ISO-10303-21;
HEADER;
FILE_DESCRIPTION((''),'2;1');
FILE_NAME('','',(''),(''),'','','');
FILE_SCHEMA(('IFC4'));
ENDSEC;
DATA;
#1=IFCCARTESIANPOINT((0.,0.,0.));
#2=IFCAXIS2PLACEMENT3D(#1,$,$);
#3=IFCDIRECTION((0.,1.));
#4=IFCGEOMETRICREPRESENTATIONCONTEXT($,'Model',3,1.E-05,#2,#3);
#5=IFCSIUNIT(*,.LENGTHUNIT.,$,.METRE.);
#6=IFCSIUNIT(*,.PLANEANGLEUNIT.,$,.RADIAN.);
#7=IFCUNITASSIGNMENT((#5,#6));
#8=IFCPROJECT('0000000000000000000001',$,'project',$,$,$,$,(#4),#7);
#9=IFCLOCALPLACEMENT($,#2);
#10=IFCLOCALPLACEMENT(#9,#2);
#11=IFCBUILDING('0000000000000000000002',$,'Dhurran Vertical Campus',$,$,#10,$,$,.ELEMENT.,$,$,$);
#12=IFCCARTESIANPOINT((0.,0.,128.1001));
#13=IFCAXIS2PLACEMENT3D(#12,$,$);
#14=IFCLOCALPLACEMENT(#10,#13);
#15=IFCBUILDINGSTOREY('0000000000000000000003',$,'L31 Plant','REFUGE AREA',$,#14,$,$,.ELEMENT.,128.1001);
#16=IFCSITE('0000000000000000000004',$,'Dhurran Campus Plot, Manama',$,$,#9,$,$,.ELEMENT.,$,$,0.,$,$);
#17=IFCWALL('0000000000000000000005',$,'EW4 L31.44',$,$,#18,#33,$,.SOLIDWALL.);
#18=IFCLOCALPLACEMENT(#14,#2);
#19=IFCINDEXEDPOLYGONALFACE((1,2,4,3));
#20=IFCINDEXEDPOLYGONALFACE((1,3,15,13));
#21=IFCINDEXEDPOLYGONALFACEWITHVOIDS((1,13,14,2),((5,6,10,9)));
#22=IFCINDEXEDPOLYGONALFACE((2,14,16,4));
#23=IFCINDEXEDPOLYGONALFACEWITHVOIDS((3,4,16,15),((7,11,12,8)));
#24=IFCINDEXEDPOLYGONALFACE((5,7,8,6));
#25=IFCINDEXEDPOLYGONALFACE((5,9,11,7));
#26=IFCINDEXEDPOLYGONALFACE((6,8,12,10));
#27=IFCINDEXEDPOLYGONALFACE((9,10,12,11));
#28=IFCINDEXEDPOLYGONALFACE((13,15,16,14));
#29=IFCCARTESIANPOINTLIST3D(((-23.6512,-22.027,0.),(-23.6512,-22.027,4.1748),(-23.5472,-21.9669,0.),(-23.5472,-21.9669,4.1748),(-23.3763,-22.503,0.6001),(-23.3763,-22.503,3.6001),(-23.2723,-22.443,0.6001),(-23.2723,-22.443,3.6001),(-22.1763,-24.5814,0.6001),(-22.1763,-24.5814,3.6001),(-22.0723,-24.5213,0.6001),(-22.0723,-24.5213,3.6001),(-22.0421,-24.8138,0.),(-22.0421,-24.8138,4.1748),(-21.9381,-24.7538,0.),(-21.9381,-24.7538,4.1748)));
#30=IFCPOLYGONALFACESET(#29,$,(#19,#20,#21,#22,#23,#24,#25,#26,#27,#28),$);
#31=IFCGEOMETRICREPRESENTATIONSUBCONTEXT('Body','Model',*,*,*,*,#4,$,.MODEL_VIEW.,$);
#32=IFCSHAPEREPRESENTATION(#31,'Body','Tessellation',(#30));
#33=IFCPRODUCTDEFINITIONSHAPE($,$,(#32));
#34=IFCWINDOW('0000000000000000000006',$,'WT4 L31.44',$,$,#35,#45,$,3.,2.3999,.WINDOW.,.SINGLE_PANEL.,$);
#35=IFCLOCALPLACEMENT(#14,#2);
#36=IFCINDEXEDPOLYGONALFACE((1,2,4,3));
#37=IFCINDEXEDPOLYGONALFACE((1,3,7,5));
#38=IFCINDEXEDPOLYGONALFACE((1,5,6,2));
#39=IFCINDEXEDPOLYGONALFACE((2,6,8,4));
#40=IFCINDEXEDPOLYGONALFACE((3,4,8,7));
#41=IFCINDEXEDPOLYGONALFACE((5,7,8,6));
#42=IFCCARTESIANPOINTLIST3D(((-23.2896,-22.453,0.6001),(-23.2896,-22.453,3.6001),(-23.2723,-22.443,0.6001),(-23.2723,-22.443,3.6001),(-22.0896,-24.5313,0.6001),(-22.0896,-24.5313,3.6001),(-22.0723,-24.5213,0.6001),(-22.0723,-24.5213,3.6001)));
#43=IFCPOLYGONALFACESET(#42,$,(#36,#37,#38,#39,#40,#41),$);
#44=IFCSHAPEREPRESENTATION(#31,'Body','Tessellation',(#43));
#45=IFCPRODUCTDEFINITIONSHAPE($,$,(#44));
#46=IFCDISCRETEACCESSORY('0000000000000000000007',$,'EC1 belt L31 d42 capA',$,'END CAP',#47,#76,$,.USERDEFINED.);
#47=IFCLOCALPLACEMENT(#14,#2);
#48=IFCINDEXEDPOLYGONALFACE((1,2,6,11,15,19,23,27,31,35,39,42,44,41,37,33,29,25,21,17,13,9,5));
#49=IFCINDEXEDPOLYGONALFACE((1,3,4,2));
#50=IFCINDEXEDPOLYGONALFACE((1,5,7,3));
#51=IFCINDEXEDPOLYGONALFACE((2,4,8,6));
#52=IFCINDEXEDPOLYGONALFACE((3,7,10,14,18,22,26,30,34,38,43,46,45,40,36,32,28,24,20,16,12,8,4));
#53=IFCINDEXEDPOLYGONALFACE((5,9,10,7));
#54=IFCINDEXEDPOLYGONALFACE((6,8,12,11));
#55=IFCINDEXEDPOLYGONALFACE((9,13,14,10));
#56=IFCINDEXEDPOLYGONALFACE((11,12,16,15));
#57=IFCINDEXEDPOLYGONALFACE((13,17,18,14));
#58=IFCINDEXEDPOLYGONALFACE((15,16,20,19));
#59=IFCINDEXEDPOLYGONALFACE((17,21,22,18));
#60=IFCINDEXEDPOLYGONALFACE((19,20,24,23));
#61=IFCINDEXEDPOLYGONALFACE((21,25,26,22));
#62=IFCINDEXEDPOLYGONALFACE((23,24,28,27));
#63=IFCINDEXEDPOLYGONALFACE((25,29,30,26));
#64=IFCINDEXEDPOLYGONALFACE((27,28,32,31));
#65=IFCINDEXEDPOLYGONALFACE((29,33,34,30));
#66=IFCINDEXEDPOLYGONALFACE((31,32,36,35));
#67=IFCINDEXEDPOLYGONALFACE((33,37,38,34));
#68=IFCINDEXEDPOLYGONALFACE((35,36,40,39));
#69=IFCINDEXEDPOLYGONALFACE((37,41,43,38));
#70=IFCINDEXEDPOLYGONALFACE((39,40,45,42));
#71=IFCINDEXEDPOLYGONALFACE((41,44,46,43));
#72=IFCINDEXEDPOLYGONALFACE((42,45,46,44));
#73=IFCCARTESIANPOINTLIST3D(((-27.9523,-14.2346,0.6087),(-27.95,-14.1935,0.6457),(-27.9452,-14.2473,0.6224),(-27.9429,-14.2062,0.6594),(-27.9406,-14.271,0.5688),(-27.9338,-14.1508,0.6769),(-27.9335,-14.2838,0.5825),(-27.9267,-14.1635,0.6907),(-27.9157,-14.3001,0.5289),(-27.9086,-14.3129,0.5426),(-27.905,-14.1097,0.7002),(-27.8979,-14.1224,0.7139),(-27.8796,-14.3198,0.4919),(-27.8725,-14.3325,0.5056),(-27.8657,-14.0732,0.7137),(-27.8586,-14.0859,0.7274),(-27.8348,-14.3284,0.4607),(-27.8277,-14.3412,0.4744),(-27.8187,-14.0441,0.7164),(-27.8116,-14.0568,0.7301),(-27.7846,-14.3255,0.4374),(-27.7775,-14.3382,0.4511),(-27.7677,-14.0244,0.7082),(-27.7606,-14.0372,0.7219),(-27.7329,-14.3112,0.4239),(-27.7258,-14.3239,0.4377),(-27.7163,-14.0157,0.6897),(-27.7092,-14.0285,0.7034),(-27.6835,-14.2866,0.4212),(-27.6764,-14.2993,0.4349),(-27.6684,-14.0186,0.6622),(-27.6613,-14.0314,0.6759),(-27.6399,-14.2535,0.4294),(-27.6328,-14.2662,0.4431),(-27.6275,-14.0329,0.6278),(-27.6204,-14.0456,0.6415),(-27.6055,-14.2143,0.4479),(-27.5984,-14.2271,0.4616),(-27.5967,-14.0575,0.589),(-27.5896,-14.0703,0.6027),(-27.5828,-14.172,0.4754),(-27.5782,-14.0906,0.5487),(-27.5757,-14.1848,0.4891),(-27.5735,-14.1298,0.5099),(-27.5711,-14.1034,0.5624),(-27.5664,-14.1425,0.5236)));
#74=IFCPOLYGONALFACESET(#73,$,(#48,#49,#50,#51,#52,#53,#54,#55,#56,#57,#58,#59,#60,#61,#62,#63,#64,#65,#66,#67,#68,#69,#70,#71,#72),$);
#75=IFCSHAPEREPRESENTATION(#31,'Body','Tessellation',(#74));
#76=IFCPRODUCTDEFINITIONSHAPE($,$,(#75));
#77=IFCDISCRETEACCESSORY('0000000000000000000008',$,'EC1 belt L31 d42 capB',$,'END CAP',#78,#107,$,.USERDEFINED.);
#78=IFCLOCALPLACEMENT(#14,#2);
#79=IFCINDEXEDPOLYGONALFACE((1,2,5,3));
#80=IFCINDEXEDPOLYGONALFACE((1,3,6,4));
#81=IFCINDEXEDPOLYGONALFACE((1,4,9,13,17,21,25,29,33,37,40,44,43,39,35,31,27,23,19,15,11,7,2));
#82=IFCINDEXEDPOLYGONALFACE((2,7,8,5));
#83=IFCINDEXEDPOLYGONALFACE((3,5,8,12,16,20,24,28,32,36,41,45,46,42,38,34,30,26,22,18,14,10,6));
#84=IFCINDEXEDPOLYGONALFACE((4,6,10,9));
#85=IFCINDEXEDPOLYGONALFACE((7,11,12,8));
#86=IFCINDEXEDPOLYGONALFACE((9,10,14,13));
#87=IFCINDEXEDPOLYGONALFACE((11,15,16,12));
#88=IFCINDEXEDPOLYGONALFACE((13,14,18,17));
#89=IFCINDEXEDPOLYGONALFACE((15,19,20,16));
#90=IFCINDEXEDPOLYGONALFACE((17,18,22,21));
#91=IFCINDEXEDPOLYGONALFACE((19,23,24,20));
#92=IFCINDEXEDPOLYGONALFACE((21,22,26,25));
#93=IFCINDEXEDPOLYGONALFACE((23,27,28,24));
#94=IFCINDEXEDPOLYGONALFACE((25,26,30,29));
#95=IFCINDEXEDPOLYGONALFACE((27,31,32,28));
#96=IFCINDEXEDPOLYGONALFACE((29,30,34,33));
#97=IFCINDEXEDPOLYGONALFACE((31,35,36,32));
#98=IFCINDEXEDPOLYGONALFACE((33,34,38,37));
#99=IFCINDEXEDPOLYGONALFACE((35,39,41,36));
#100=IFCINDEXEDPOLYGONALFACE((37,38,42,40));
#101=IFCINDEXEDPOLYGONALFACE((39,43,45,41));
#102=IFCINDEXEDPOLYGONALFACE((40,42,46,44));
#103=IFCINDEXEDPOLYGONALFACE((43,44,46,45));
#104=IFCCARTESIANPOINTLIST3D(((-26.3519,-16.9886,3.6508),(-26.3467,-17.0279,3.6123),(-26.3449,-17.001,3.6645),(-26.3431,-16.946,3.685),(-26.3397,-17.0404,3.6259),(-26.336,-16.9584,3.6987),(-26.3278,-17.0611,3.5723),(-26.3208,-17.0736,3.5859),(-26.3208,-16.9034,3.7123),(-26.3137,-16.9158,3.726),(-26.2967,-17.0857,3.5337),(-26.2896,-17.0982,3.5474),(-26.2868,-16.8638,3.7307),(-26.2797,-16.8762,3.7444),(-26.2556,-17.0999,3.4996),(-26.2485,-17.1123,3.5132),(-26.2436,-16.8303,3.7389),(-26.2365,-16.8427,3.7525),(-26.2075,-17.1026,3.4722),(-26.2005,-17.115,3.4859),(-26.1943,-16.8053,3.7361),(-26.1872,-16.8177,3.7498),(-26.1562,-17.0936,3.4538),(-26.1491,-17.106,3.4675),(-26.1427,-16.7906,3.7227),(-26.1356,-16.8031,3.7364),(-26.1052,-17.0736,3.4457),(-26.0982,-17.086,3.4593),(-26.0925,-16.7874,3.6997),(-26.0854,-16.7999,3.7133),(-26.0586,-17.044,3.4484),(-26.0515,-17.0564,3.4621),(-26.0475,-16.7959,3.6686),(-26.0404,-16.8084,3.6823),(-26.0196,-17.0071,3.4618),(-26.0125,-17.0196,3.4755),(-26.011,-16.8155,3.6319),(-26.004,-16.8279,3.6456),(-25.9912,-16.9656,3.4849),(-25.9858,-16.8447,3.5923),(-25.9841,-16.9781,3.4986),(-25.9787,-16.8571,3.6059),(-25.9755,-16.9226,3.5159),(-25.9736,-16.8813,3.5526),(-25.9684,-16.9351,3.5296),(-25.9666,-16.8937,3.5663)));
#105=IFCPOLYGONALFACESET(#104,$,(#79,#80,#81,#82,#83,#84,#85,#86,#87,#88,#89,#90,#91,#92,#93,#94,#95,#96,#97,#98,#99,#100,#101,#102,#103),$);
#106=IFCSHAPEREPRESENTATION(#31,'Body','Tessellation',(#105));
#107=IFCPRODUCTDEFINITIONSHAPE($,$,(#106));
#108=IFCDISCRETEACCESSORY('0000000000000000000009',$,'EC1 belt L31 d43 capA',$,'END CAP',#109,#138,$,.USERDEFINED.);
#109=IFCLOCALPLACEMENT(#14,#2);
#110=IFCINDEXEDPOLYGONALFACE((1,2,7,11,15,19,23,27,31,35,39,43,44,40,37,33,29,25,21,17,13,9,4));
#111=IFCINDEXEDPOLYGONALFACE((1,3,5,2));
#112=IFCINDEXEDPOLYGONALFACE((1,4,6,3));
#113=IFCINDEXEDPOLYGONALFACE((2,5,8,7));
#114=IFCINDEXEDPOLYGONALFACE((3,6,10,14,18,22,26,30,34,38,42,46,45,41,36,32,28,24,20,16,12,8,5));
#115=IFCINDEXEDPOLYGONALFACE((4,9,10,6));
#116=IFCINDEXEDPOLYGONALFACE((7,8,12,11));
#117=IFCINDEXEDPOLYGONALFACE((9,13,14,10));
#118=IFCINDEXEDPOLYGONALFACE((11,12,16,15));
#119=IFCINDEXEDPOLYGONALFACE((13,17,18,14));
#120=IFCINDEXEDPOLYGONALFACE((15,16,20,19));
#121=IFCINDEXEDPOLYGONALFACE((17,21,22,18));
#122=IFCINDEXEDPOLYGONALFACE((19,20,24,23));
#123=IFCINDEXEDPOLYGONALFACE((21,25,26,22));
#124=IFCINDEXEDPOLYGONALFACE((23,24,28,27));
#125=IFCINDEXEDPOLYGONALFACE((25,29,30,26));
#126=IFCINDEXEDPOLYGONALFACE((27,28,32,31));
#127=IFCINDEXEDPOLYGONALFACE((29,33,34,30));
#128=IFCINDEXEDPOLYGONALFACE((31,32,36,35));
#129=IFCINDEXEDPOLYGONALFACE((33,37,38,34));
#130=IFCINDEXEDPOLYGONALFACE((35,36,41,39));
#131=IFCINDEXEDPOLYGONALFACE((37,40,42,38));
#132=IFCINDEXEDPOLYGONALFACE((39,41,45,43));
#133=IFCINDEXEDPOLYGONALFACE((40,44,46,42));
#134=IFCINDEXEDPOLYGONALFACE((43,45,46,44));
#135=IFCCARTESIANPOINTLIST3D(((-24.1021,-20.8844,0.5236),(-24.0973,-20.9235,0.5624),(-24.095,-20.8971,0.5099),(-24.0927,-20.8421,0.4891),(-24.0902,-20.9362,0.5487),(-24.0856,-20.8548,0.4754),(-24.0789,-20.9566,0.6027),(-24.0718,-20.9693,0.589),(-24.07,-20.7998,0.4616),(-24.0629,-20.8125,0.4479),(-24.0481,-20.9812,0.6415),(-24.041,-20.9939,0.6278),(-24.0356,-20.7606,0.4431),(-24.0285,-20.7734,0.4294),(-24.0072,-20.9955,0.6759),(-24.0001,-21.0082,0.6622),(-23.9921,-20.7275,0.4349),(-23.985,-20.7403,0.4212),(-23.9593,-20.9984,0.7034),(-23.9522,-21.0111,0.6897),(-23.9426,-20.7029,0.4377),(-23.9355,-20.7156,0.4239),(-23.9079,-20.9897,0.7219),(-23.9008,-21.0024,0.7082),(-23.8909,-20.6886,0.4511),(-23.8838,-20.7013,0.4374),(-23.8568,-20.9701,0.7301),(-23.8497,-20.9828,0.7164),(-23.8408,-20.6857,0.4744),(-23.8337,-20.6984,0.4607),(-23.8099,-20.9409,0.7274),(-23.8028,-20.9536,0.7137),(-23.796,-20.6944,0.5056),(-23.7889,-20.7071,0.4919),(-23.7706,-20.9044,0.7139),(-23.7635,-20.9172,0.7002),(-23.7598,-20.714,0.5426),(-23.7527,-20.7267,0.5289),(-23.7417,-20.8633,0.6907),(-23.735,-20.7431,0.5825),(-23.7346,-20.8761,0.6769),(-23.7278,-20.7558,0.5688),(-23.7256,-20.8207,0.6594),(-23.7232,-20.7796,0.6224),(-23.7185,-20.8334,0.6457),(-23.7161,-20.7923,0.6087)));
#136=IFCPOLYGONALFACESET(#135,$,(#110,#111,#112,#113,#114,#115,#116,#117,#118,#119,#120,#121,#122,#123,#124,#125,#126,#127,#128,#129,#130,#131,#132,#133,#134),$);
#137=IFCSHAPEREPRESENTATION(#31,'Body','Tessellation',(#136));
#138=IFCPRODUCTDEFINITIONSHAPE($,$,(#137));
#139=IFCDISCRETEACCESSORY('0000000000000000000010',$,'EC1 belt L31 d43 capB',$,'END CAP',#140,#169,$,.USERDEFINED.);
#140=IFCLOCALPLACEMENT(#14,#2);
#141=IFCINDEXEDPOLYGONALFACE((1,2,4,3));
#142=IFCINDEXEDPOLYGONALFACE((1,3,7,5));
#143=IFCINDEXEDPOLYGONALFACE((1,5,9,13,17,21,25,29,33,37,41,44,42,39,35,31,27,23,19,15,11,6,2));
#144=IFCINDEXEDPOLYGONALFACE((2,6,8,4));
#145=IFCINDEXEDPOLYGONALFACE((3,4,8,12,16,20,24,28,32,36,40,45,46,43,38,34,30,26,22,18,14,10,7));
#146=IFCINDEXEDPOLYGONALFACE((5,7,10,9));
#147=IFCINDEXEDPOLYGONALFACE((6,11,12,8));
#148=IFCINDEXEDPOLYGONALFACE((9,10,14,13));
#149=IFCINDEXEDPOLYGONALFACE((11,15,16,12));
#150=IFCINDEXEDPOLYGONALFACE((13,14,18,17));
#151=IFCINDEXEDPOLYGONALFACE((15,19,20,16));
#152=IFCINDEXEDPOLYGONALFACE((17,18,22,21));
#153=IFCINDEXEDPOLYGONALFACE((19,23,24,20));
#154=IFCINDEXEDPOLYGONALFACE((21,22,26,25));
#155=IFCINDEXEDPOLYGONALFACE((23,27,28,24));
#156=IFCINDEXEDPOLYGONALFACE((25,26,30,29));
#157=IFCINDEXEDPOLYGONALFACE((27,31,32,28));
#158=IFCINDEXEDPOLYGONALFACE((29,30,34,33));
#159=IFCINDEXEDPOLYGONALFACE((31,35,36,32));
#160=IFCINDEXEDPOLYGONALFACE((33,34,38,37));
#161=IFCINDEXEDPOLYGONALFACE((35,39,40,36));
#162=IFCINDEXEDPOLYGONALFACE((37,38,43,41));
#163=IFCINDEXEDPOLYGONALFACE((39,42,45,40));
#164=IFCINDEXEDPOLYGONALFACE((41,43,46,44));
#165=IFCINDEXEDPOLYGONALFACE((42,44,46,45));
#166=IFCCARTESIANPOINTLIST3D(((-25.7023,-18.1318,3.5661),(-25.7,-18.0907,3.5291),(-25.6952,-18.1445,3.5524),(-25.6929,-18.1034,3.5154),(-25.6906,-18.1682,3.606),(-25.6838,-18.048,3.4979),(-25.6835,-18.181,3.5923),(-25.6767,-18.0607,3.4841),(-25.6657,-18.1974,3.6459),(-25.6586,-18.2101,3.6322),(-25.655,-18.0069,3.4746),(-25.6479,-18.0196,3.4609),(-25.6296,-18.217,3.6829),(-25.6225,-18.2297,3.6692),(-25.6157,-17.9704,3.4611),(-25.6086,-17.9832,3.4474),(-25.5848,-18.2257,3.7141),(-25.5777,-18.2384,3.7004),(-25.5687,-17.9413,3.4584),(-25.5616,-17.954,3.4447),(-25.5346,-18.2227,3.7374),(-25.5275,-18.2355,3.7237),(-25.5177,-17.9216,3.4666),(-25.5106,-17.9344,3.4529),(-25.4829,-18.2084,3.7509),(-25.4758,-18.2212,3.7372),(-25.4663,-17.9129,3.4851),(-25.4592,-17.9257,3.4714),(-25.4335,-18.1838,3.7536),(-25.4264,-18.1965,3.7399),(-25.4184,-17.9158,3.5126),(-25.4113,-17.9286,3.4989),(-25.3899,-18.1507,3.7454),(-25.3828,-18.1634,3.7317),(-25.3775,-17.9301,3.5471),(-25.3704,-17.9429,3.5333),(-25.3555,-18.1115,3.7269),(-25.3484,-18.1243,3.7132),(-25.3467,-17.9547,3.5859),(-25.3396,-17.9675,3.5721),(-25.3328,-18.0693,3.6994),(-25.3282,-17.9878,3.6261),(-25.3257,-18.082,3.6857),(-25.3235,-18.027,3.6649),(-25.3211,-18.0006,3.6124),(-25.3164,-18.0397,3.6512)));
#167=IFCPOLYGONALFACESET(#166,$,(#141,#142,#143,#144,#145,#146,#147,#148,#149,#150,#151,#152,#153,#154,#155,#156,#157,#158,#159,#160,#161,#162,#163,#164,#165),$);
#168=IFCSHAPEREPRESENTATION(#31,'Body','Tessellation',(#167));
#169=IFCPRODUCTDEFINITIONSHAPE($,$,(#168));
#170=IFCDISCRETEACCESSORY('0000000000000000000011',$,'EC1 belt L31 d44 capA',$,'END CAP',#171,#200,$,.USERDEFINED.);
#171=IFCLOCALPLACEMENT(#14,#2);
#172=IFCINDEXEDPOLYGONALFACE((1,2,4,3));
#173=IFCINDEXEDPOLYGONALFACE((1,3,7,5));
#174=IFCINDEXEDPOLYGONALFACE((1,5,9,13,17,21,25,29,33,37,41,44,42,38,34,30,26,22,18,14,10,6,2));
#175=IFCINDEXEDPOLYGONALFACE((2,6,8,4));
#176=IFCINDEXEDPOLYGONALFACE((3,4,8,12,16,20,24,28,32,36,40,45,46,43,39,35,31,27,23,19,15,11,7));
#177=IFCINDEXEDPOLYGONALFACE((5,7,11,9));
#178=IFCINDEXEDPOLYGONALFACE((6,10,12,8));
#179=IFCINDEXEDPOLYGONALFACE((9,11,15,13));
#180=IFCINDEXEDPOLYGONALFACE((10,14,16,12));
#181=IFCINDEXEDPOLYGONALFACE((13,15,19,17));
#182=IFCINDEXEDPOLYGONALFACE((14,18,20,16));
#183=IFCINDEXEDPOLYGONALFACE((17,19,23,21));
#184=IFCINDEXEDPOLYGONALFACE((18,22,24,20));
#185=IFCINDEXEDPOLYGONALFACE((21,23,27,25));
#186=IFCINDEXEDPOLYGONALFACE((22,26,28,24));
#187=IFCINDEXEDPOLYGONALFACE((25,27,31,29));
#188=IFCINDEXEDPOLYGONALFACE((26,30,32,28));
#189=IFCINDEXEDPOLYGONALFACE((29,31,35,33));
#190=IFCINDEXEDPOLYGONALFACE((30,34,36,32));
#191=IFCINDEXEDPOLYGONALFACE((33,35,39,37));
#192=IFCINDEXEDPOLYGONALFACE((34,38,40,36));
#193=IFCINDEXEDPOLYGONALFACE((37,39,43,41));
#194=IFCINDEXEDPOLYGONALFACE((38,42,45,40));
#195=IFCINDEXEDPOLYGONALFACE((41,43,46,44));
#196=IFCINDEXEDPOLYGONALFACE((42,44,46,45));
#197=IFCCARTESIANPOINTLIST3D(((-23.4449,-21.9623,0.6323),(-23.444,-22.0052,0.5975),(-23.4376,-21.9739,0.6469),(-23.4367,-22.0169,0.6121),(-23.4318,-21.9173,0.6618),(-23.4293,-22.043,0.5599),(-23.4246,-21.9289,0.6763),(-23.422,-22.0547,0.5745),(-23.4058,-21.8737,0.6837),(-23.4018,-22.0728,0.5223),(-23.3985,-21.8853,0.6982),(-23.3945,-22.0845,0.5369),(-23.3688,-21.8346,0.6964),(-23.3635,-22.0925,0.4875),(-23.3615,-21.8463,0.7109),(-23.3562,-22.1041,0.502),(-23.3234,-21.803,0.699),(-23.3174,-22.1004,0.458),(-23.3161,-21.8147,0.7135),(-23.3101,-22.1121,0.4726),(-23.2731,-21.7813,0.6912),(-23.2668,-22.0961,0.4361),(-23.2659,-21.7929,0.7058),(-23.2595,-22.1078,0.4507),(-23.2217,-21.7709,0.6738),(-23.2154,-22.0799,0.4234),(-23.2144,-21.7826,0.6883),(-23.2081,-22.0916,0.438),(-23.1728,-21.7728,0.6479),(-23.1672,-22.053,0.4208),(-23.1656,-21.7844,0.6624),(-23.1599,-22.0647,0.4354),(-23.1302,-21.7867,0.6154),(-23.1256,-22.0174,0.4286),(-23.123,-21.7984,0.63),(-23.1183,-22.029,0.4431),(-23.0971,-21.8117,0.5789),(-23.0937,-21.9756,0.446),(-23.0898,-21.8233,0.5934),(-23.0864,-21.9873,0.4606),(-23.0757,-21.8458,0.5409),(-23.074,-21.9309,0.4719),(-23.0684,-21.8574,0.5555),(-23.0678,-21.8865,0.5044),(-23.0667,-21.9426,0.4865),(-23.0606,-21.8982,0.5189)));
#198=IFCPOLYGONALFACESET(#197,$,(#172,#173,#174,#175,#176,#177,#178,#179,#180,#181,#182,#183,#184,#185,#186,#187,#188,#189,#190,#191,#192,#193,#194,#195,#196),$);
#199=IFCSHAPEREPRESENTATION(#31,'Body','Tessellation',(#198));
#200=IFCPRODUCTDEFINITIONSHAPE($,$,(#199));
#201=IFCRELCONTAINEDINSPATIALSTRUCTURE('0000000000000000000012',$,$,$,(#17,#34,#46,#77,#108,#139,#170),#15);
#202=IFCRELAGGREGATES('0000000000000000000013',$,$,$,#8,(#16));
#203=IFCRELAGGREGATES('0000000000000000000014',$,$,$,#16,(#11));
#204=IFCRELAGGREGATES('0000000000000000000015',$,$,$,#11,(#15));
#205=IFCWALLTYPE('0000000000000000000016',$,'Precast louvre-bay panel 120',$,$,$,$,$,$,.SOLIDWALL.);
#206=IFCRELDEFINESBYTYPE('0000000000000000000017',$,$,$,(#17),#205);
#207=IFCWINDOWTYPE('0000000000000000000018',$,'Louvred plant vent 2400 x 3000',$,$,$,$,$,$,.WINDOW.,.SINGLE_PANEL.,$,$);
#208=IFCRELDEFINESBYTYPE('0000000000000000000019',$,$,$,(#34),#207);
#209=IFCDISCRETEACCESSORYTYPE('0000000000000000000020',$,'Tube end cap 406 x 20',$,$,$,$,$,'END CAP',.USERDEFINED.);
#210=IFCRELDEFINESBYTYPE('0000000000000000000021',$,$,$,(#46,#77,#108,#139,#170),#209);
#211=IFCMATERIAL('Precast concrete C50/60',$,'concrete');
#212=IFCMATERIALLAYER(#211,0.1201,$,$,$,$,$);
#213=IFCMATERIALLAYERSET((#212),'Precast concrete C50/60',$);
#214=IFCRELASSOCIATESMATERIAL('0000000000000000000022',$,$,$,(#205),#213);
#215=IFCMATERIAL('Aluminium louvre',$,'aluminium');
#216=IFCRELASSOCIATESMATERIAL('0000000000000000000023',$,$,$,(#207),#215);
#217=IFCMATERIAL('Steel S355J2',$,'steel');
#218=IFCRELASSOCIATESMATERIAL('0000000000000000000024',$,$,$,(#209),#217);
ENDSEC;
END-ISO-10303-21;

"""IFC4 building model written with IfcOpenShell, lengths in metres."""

from ifc_helpers import new_model, si_unit, direction, frame, frame_2d, origin, origin_2d, place, context, subcontext, project, spatial, rectangle, circle, extrude, material, layer, layer_set, material_profile, profile_set, type_object, element, fill, save


model = new_model("IFC4")

# Units and contexts
model_context = context("Model", 3, precision=1e-05, world=origin(), true_north=direction((0.0, 1.0)))
body_context = subcontext(model_context, "Body", "Model", "MODEL_VIEW")
ifc_project = project(units=[si_unit("LENGTHUNIT", "METRE"), si_unit("PLANEANGLEUNIT", "RADIAN")], contexts=[model_context])

# Site, building, storey
site_placement = place(None, origin())
site = spatial("IfcSite", under=ifc_project, at=site_placement, Name="Dhurran Campus Plot, Manama", CompositionType="ELEMENT", RefElevation=0.0)
building_placement = place(site_placement, origin())
building = spatial("IfcBuilding", under=site, at=building_placement, Name="Dhurran Vertical Campus", CompositionType="ELEMENT")
storey_placement = place(building_placement, frame((0.0, 0.0, 128.1001)))
storey = spatial("IfcBuildingStorey", under=building, at=storey_placement, Name="L31 Plant", Description="REFUGE AREA", CompositionType="ELEMENT", Elevation=128.1001)

# Wall, opening, window
ifc_material_1 = material(Name="Precast concrete C50/60", Category="concrete")
ifc_layer = layer(ifc_material_1, 0.1201)
ifc_layer_set = layer_set([ifc_layer], Name="Precast concrete C50/60")
wall_type = type_object("IfcWallType", Name="Precast louvre-bay panel 120", PredefinedType="SOLIDWALL", material=ifc_layer_set)
ifc_material_2 = material(Name="Aluminium louvre", Category="aluminium")
window_type = type_object("IfcWindowType", Name="Louvred plant vent 2400 x 3000", PartitioningType="SINGLE_PANEL", PredefinedType="WINDOW", material=ifc_material_2)
wall_1_placement = place(storey_placement, frame((-23.5991, -21.9971, 0.0), z_axis=(0.0, 0.0, 1.0), x_axis=(0.500031, -0.866007, 0.0)))
wall_1 = element("IfcWall", 1, at=wall_1_placement, inside=storey, type_object=wall_type, Name="EW4 L31.44", PredefinedType="SOLIDWALL", context=body_context, shape_type="SweptSolid", body=[
    extrude(rectangle(XDim=3.218, YDim=0.1201, at=frame_2d((1.6089, 0.0))), origin(), (0.0, 0.0, 1.0), 4.1748),
])
opening_1_placement = place(wall_1_placement, frame((0.5496, 0.0, 0.6001)))
opening_1 = element("IfcOpeningElement", 2, at=opening_1_placement, cuts=wall_1, PredefinedType="OPENING", context=body_context, shape_type="SweptSolid", body=[
    extrude(rectangle(XDim=2.3999, YDim=3.0, at=frame_2d((1.2, 1.5))), frame((0.0, 0.0701, 0.0), z_axis=(0.0, -1.0, 0.0), x_axis=(1.0, 0.0, 0.0)), (0.0, 0.0, 1.0), 0.1401),
])
window_1_placement = place(opening_1_placement, origin())
window_1 = element("IfcWindow", 3, at=window_1_placement, inside=storey, type_object=window_type, Name="WT4 L31.44", OverallHeight=3.0, OverallWidth=2.3999, PartitioningType="SINGLE_PANEL", PredefinedType="WINDOW", context=body_context, shape_type="SweptSolid", body=[
    extrude(rectangle(XDim=2.3999, YDim=3.0, at=frame_2d((1.2, 1.5))), frame((0.0, 0.0601, 0.0), z_axis=(0.0, -1.0, 0.0), x_axis=(1.0, 0.0, 0.0)), (0.0, 0.0, 1.0), 0.02),
])
fill(opening_1, window_1)

# Discrete accessories
ifc_material_3 = material(Name="Steel S355J2", Category="steel")
ifc_material_profile_1 = material_profile(ifc_material_3, circle(Radius=0.2031, at=origin_2d()), Name="Tube end cap 406 x 20")
ifc_profile_set_1 = profile_set([ifc_material_profile_1], Name="Steel S355J2")
discrete_accessory_type = type_object("IfcDiscreteAccessoryType", Name="Tube end cap 406 x 20", ElementType="END CAP", PredefinedType="USERDEFINED", material=ifc_profile_set_1)
discrete_accessory_1_placement = place(storey_placement, frame((-27.7561, -14.1848, 0.5825), z_axis=(-0.354795, 0.636184, -0.685121), x_axis=(-0.873364, -0.487068, 0.0)))
element("IfcDiscreteAccessory", 4, at=discrete_accessory_1_placement, inside=storey, type_object=discrete_accessory_type, Name="EC1 belt L31 d42 capA", ObjectType="END CAP", PredefinedType="USERDEFINED", context=body_context, shape_type="SweptSolid", body=[
    extrude(circle(Radius=0.2031, at=origin_2d()), origin(), (0.0, 0.0, 1.0), 0.02),
])
discrete_accessory_2_placement = place(storey_placement, frame((-26.1624, -16.9451, 3.5923), z_axis=(0.357562, -0.628816, 0.690464), x_axis=(0.86929, 0.494302, 0.0)))
element("IfcDiscreteAccessory", 5, at=discrete_accessory_2_placement, inside=storey, type_object=discrete_accessory_type, Name="EC1 belt L31 d42 capB", ObjectType="END CAP", PredefinedType="USERDEFINED", context=body_context, shape_type="SweptSolid", body=[
    extrude(circle(Radius=0.2031, at=origin_2d()), origin(), (0.0, 0.0, 1.0), 0.0198),
])
for number, where, z_axis, x_axis, name in (
    (6, (-23.9124, -20.842, 0.5825), (0.354795, -0.636184, -0.685121), (0.873364, 0.487068, 0.0), "EC1 belt L31 d43 capA"),
    (7, (-25.5061, -18.082, 3.5923), (-0.354795, 0.636184, 0.685121), (-0.873364, -0.487068, 0.0), "EC1 belt L31 d43 capB"),
    (8, (-23.2498, -21.947, 0.5745), (-0.363696, 0.581914, -0.727393), (-0.847998, -0.529999, 0.0), "EC1 belt L31 d44 capA"),
):
    element("IfcDiscreteAccessory", number, at=place(storey_placement, frame(where, z_axis=z_axis, x_axis=x_axis)), inside=storey, type_object=discrete_accessory_type, Name=name, ObjectType="END CAP", PredefinedType="USERDEFINED", context=body_context, shape_type="SweptSolid", body=[
        extrude(circle(Radius=0.2031, at=origin_2d()), origin(), (0.0, 0.0, 1.0), 0.02),
    ])

save(model, "model.ifc")
